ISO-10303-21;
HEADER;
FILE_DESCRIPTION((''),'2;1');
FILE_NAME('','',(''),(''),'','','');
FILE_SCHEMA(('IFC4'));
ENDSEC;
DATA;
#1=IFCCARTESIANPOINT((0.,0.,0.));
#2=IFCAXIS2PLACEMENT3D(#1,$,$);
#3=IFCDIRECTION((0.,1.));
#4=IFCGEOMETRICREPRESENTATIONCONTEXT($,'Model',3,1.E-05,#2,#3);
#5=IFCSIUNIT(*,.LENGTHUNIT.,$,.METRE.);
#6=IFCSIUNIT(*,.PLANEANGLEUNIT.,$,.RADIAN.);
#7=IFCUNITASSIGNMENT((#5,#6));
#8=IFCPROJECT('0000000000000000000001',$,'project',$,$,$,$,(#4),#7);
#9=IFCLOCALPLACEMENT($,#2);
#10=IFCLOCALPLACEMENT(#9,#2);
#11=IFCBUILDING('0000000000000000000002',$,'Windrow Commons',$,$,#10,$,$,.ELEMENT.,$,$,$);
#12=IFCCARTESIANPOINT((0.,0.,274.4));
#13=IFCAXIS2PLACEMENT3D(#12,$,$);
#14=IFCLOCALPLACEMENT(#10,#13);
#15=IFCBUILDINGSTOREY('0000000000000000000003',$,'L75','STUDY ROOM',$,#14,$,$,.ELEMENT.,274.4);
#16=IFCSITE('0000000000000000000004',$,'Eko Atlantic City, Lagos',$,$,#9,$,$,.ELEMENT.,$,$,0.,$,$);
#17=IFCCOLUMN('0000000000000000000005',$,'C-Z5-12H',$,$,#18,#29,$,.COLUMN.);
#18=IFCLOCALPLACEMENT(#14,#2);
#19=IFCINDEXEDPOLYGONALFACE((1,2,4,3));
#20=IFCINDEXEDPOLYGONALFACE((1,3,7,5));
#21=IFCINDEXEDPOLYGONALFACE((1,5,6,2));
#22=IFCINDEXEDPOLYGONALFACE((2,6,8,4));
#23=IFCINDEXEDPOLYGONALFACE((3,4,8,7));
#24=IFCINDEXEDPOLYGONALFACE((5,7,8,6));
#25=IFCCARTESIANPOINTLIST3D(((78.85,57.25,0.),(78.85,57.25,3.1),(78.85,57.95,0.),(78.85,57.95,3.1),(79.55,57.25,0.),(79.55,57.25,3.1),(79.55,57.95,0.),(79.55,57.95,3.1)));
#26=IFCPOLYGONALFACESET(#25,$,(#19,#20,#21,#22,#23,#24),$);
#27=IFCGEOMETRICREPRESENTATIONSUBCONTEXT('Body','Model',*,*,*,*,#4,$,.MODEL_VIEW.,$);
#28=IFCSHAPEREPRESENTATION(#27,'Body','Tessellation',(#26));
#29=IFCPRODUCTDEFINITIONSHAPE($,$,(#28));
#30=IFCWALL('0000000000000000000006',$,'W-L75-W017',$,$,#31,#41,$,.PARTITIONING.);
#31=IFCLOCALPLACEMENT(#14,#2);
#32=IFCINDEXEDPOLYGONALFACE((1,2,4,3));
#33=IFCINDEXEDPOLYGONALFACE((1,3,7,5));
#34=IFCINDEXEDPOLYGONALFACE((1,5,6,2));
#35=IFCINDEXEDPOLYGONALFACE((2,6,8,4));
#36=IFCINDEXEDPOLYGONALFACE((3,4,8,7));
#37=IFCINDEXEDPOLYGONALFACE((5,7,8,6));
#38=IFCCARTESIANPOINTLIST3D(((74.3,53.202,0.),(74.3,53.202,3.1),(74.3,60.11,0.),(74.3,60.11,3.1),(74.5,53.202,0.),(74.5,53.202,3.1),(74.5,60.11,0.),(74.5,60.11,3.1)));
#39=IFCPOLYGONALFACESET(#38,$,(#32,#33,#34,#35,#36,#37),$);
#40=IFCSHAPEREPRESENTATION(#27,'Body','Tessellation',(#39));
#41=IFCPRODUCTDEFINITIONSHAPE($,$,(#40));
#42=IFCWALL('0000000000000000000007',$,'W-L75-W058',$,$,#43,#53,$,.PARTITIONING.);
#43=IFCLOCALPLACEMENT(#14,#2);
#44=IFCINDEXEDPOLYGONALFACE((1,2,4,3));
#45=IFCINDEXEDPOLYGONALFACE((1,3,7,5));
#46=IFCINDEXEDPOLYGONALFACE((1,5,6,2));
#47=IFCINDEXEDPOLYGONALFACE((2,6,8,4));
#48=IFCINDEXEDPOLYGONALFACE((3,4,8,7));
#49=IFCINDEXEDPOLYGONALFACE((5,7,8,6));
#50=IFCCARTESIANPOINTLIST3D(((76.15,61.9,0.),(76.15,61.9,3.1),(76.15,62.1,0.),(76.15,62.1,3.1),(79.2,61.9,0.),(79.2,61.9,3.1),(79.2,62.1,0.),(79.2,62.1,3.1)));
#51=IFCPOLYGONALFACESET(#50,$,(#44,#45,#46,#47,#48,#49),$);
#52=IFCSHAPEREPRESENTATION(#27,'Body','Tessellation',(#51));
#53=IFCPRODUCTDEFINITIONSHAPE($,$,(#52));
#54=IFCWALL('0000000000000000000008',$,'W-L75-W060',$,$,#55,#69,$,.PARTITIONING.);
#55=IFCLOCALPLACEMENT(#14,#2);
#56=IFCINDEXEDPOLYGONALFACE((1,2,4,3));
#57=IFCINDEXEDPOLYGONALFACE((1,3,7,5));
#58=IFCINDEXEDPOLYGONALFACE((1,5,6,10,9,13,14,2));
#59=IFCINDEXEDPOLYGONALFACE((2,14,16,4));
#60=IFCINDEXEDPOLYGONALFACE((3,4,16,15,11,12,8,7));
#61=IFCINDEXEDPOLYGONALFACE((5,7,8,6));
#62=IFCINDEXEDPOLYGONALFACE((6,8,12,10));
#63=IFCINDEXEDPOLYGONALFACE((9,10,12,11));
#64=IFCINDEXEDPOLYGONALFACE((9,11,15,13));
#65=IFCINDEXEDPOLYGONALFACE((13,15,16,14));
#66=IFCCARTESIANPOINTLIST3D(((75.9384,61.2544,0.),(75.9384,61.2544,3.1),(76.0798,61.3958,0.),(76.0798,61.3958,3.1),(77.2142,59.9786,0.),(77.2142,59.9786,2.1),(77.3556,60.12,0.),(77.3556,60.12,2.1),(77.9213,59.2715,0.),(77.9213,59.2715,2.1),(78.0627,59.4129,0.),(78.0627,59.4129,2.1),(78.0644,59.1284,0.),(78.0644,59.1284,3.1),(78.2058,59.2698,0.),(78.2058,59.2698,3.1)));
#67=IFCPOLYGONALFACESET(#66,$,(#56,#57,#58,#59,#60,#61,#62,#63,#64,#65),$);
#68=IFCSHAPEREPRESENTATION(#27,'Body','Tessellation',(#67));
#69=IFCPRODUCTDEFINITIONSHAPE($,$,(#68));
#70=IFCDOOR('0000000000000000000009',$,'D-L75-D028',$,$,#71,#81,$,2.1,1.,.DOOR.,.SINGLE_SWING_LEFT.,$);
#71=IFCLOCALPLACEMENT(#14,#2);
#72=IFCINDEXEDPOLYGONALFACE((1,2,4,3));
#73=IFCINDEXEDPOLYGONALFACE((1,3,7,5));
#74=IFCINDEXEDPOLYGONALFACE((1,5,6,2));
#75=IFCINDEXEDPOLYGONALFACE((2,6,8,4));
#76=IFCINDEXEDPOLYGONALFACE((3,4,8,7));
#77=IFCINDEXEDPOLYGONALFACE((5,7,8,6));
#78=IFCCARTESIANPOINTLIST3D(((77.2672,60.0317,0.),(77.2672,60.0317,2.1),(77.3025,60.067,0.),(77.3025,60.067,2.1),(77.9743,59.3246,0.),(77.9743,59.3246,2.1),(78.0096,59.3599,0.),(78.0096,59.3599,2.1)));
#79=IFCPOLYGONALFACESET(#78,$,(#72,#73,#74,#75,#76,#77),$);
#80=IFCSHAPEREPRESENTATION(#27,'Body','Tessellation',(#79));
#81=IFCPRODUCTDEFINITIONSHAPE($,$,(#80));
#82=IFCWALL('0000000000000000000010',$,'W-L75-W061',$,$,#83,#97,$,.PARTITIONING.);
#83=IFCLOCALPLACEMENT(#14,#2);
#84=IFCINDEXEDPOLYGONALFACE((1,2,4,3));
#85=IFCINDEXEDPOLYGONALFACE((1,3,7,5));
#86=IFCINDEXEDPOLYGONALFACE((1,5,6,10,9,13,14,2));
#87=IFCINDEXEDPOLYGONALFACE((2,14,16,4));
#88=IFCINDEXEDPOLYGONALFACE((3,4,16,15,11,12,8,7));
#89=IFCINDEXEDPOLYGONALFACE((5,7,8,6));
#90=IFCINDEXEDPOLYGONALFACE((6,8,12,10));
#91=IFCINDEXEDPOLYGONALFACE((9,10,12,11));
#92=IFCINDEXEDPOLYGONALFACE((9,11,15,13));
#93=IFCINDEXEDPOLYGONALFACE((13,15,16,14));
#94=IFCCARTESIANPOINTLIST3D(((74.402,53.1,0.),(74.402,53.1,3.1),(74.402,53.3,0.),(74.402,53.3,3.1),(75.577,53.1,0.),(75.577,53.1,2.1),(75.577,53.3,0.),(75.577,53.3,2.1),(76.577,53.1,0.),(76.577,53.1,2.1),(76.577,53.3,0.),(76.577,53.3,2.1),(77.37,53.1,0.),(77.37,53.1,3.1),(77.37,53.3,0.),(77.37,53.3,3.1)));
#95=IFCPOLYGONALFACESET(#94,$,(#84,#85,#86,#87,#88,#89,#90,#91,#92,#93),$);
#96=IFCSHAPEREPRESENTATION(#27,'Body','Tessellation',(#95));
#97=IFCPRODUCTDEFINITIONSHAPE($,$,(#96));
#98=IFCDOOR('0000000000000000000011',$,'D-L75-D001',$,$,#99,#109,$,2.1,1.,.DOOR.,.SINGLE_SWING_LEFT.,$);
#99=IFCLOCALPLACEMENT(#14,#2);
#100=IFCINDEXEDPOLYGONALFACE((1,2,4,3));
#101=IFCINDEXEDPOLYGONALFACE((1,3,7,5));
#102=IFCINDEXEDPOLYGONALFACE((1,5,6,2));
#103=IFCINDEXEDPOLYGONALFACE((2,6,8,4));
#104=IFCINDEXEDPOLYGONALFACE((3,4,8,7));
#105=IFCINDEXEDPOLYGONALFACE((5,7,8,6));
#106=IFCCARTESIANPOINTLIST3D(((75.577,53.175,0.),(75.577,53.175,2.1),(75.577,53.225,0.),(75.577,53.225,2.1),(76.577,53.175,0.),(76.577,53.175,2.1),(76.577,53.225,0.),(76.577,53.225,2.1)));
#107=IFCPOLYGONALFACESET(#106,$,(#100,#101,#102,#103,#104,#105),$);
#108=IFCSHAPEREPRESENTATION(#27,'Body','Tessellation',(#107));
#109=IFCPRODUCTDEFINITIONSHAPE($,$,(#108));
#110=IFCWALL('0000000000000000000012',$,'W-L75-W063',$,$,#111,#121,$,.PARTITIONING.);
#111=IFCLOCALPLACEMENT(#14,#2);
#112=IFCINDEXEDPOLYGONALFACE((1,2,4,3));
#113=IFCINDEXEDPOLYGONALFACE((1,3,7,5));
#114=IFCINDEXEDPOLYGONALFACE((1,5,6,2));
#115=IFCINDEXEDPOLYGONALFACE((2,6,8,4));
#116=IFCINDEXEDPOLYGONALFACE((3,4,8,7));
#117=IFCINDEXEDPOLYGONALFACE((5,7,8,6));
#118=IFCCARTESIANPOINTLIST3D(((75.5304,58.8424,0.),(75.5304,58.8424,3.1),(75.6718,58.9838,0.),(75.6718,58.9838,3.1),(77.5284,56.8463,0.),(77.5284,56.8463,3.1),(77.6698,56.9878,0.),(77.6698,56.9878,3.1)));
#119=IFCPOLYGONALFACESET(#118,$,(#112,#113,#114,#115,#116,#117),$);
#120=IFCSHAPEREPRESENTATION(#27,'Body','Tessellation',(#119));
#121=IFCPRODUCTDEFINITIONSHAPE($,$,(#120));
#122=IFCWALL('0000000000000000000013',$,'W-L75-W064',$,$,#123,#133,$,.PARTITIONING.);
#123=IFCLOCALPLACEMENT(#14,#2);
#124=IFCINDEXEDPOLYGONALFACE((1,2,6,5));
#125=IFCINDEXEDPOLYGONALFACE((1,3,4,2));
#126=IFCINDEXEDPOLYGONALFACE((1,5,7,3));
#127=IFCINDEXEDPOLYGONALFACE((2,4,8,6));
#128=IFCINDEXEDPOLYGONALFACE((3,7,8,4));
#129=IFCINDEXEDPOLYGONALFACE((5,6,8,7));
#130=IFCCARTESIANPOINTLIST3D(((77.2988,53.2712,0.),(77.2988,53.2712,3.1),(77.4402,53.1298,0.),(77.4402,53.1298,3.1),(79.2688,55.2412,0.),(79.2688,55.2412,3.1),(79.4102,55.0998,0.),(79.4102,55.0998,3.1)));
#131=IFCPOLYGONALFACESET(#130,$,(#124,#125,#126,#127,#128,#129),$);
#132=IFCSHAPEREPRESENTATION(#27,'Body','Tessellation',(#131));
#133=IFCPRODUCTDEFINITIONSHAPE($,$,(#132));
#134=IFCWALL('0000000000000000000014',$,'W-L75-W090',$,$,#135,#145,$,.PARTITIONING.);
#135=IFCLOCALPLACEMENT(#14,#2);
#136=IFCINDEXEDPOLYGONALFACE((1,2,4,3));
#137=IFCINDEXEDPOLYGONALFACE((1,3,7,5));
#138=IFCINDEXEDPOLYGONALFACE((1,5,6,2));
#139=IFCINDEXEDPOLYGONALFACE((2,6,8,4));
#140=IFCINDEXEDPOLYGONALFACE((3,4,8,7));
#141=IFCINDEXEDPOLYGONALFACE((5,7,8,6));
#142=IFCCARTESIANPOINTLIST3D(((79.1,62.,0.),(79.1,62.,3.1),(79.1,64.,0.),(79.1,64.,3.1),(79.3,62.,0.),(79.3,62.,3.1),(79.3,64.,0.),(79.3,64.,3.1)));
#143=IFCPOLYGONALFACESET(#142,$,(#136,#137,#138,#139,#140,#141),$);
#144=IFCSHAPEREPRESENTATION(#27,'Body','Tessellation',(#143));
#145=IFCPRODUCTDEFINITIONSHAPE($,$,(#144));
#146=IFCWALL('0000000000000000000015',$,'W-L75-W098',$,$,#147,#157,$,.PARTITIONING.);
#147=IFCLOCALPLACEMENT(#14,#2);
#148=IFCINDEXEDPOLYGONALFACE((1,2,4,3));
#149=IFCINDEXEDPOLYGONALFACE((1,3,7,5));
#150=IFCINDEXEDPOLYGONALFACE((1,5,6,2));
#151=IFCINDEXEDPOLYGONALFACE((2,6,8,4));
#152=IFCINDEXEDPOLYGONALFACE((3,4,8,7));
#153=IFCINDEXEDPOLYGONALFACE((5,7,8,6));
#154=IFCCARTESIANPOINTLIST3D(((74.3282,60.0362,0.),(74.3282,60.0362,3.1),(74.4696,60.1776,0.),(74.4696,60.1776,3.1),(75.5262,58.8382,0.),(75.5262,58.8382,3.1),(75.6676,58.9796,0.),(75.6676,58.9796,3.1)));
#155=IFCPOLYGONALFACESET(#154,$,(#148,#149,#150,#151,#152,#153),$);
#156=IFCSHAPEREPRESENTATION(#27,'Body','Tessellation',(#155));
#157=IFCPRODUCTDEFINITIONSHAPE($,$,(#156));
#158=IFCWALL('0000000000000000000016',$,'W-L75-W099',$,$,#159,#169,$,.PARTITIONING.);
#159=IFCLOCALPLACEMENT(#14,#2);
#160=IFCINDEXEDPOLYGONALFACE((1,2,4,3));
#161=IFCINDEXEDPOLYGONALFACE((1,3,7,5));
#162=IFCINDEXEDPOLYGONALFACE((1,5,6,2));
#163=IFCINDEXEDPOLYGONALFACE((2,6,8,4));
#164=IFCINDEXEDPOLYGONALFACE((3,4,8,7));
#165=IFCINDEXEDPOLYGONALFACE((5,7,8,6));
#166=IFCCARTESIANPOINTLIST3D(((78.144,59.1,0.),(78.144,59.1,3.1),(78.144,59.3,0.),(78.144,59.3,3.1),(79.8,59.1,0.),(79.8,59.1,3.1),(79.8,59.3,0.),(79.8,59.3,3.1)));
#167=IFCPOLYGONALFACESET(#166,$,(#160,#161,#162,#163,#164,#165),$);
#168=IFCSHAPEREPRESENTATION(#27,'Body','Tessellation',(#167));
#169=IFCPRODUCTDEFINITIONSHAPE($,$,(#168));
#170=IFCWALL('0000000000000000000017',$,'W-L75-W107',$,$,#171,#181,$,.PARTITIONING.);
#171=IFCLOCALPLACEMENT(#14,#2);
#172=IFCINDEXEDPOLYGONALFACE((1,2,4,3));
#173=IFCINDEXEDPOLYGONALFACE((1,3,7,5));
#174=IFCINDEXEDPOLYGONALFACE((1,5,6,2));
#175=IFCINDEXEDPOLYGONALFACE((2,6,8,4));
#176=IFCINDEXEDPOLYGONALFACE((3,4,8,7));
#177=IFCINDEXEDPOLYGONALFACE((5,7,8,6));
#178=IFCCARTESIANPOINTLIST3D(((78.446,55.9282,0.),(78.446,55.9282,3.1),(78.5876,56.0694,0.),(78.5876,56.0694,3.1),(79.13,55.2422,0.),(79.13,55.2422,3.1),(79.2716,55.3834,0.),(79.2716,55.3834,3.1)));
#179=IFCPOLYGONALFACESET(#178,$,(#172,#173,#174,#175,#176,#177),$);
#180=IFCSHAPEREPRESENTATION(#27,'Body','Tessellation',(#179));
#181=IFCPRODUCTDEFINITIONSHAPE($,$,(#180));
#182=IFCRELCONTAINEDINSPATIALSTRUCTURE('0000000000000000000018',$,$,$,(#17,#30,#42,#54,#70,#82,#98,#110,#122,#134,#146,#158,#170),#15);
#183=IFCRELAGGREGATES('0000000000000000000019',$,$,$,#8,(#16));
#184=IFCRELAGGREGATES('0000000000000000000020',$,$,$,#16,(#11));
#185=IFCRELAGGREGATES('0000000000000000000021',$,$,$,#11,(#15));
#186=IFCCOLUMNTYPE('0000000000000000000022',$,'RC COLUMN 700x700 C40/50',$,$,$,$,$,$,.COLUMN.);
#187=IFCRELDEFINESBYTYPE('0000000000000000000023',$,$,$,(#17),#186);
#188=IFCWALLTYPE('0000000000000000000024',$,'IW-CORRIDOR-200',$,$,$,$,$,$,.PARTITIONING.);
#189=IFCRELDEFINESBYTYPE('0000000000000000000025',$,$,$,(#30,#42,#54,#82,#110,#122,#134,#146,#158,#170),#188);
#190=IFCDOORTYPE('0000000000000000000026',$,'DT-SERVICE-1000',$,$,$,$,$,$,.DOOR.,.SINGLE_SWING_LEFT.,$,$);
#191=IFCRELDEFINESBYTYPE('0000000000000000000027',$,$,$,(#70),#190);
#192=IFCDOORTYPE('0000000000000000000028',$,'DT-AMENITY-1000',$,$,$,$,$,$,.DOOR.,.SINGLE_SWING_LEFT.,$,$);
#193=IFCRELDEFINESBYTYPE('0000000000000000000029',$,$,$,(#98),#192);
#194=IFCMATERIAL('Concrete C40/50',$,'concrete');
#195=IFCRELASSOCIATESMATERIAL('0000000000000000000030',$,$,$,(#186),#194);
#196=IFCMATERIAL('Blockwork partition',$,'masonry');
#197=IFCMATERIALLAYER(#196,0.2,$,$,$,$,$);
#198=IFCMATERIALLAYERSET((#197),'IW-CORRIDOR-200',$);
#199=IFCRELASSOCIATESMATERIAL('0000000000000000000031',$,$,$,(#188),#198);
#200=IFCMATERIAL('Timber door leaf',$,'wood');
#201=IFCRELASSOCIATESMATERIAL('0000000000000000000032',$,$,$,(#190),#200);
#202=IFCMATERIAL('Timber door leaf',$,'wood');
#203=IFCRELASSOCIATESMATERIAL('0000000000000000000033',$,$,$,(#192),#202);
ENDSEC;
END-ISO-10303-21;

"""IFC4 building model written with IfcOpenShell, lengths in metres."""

from ifc_helpers import new_model, si_unit, direction, frame, frame_2d, origin, origin_2d, place, context, subcontext, project, spatial, rectangle, extrude, material, layer, layer_set, material_profile, profile_set, type_object, element, fill, save


model = new_model("IFC4")

# Units and contexts
model_context = context("Model", 3, precision=1e-05, world=origin(), true_north=direction((0.0, 1.0)))
body_context = subcontext(model_context, "Body", "Model", "MODEL_VIEW")
ifc_project = project(units=[si_unit("LENGTHUNIT", "METRE"), si_unit("PLANEANGLEUNIT", "RADIAN")], contexts=[model_context])

# Site, building, storey
site_placement = place(None, origin())
site = spatial("IfcSite", under=ifc_project, at=site_placement, Name="Eko Atlantic City, Lagos", CompositionType="ELEMENT", RefElevation=0.0)
building_placement = place(site_placement, origin())
building = spatial("IfcBuilding", under=site, at=building_placement, Name="Windrow Commons", CompositionType="ELEMENT")
storey_placement = place(building_placement, frame((0.0, 0.0, 274.4)))
storey = spatial("IfcBuildingStorey", under=building, at=storey_placement, Name="L75", Description="STUDY ROOM", CompositionType="ELEMENT", Elevation=274.4)

# Column
ifc_material_1 = material(Name="Concrete C40/50", Category="concrete")
ifc_material_profile = material_profile(ifc_material_1, rectangle(XDim=0.7, YDim=0.7, at=origin_2d()))
ifc_profile_set = profile_set([ifc_material_profile], Name="Concrete C40/50")
column_type = type_object("IfcColumnType", Name="RC COLUMN 700x700 C40/50", PredefinedType="COLUMN", material=ifc_profile_set)
column_placement = place(storey_placement, frame((79.2, 57.6, 0.0), z_axis=(0.0, 0.0, 1.0), x_axis=(1.0, 0.0, 0.0)))
element("IfcColumn", 1, at=column_placement, inside=storey, type_object=column_type, Name="C-Z5-12H", PredefinedType="COLUMN", context=body_context, shape_type="SweptSolid", body=[
    extrude(rectangle(XDim=0.7, YDim=0.7, at=origin_2d()), origin(), (0.0, 0.0, 1.0), 3.1),
])

# Walls
ifc_material_2 = material(Name="Blockwork partition", Category="masonry")
ifc_layer_1 = layer(ifc_material_2, 0.2)
ifc_layer_set_1 = layer_set([ifc_layer_1], Name="IW-CORRIDOR-200")
wall_type_1 = type_object("IfcWallType", Name="IW-CORRIDOR-200", PredefinedType="PARTITIONING", material=ifc_layer_set_1)
wall_1_placement = place(storey_placement, frame((74.4, 53.202, 0.0), z_axis=(0.0, 0.0, 1.0), x_axis=(0.0, 1.0, 0.0)))
element("IfcWall", 2, at=wall_1_placement, inside=storey, type_object=wall_type_1, Name="W-L75-W017", PredefinedType="PARTITIONING", context=body_context, shape_type="SweptSolid", body=[
    extrude(rectangle(XDim=6.908, YDim=0.2, at=frame_2d((3.454, 0.0))), origin(), (0.0, 0.0, 1.0), 3.1),
])
wall_2_placement = place(storey_placement, frame((76.15, 62.0, 0.0), z_axis=(0.0, 0.0, 1.0), x_axis=(1.0, 0.0, 0.0)))
element("IfcWall", 3, at=wall_2_placement, inside=storey, type_object=wall_type_1, Name="W-L75-W058", PredefinedType="PARTITIONING", context=body_context, shape_type="SweptSolid", body=[
    extrude(rectangle(XDim=3.05, YDim=0.2, at=frame_2d((1.525, 0.0))), origin(), (0.0, 0.0, 1.0), 3.1),
])

# Walls, openings, doors
wall_3_placement = place(storey_placement, frame((76.0091, 61.3251, 0.0), z_axis=(0.0, 0.0, 1.0), x_axis=(0.707107, -0.707107, 0.0)))
wall_3 = element("IfcWall", 4, at=wall_3_placement, inside=storey, type_object=wall_type_1, Name="W-L75-W060", PredefinedType="PARTITIONING", context=body_context, shape_type="SweptSolid", body=[
    extrude(rectangle(XDim=3.0066, YDim=0.2, at=frame_2d((1.5033, 0.0))), origin(), (0.0, 0.0, 1.0), 3.1),
])
opening_1_placement = place(wall_3_placement, frame((1.8042, 0.0, 0.0)))
opening_1 = element("IfcOpeningElement", 5, at=opening_1_placement, cuts=wall_3, PredefinedType="OPENING", context=body_context, shape_type="SweptSolid", body=[
    extrude(rectangle(XDim=1.0, YDim=2.1, at=frame_2d((0.5, 1.05))), frame((0.0, 0.11, 0.0), z_axis=(0.0, -1.0, 0.0), x_axis=(1.0, 0.0, 0.0)), (0.0, 0.0, 1.0), 0.22),
])
ifc_material_3 = material(Name="Timber door leaf", Category="wood")
door_type_1 = type_object("IfcDoorType", Name="DT-SERVICE-1000", OperationType="SINGLE_SWING_LEFT", PredefinedType="DOOR", material=ifc_material_3)
door_1_placement = place(opening_1_placement, origin())
door_1 = element("IfcDoor", 6, at=door_1_placement, inside=storey, type_object=door_type_1, Name="D-L75-D028", OperationType="SINGLE_SWING_LEFT", OverallHeight=2.1, OverallWidth=1.0, PredefinedType="DOOR", context=body_context, shape_type="SweptSolid", body=[
    extrude(rectangle(XDim=1.0, YDim=2.1, at=frame_2d((0.5, 1.05))), frame((0.0, 0.025, 0.0), z_axis=(0.0, -1.0, 0.0), x_axis=(1.0, 0.0, 0.0)), (0.0, 0.0, 1.0), 0.05),
])
fill(opening_1, door_1)
wall_4_placement = place(storey_placement, frame((74.402, 53.2, 0.0), z_axis=(0.0, 0.0, 1.0), x_axis=(1.0, 0.0, 0.0)))
wall_4 = element("IfcWall", 7, at=wall_4_placement, inside=storey, type_object=wall_type_1, Name="W-L75-W061", PredefinedType="PARTITIONING", context=body_context, shape_type="SweptSolid", body=[
    extrude(rectangle(XDim=2.968, YDim=0.2, at=frame_2d((1.484, 0.0))), origin(), (0.0, 0.0, 1.0), 3.1),
])
opening_2_placement = place(wall_4_placement, frame((1.175, 0.0, 0.0)))
opening_2 = element("IfcOpeningElement", 8, at=opening_2_placement, cuts=wall_4, PredefinedType="OPENING", context=body_context, shape_type="SweptSolid", body=[
    extrude(rectangle(XDim=1.0, YDim=2.1, at=frame_2d((0.5, 1.05))), frame((0.0, 0.11, 0.0), z_axis=(0.0, -1.0, 0.0), x_axis=(1.0, 0.0, 0.0)), (0.0, 0.0, 1.0), 0.22),
])
ifc_material_4 = material(Name="Timber door leaf", Category="wood")
door_type_2 = type_object("IfcDoorType", Name="DT-AMENITY-1000", OperationType="SINGLE_SWING_LEFT", PredefinedType="DOOR", material=ifc_material_4)
door_2_placement = place(opening_2_placement, origin())
door_2 = element("IfcDoor", 9, at=door_2_placement, inside=storey, type_object=door_type_2, Name="D-L75-D001", OperationType="SINGLE_SWING_LEFT", OverallHeight=2.1, OverallWidth=1.0, PredefinedType="DOOR", context=body_context, shape_type="SweptSolid", body=[
    extrude(rectangle(XDim=1.0, YDim=2.1, at=frame_2d((0.5, 1.05))), frame((0.0, 0.025, 0.0), z_axis=(0.0, -1.0, 0.0), x_axis=(1.0, 0.0, 0.0)), (0.0, 0.0, 1.0), 0.05),
])
fill(opening_2, door_2)

# Walls
wall_5_placement = place(storey_placement, frame((75.6011, 58.9131, 0.0), z_axis=(0.0, 0.0, 1.0), x_axis=(0.707461, -0.706753, 0.0)))
element("IfcWall", 10, at=wall_5_placement, inside=storey, type_object=wall_type_1, Name="W-L75-W063", PredefinedType="PARTITIONING", context=body_context, shape_type="SweptSolid", body=[
    extrude(rectangle(XDim=2.8242, YDim=0.2, at=frame_2d((1.4121, 0.0))), origin(), (0.0, 0.0, 1.0), 3.1),
])
wall_6_placement = place(storey_placement, frame((77.3695, 53.2005, 0.0), z_axis=(0.0, 0.0, 1.0), x_axis=(0.707107, 0.707107, 0.0)))
element("IfcWall", 11, at=wall_6_placement, inside=storey, type_object=wall_type_1, Name="W-L75-W064", PredefinedType="PARTITIONING", context=body_context, shape_type="SweptSolid", body=[
    extrude(rectangle(XDim=2.786, YDim=0.2, at=frame_2d((1.393, 0.0))), origin(), (0.0, 0.0, 1.0), 3.1),
])
wall_7_placement = place(storey_placement, frame((79.2, 62.0, 0.0), z_axis=(0.0, 0.0, 1.0), x_axis=(0.0, 1.0, 0.0)))
element("IfcWall", 12, at=wall_7_placement, inside=storey, type_object=wall_type_1, Name="W-L75-W090", PredefinedType="PARTITIONING", context=body_context, shape_type="SweptSolid", body=[
    extrude(rectangle(XDim=2.0, YDim=0.2, at=frame_2d((1.0, 0.0))), origin(), (0.0, 0.0, 1.0), 3.1),
])
wall_8_placement = place(storey_placement, frame((74.3989, 60.1069, 0.0), z_axis=(0.0, 0.0, 1.0), x_axis=(0.707107, -0.707107, 0.0)))
element("IfcWall", 13, at=wall_8_placement, inside=storey, type_object=wall_type_1, Name="W-L75-W098", PredefinedType="PARTITIONING", context=body_context, shape_type="SweptSolid", body=[
    extrude(rectangle(XDim=1.6942, YDim=0.2, at=frame_2d((0.8471, 0.0))), origin(), (0.0, 0.0, 1.0), 3.1),
])
wall_9_placement = place(storey_placement, frame((78.144, 59.2, 0.0), z_axis=(0.0, 0.0, 1.0), x_axis=(1.0, 0.0, 0.0)))
element("IfcWall", 14, at=wall_9_placement, inside=storey, type_object=wall_type_1, Name="W-L75-W099", PredefinedType="PARTITIONING", context=body_context, shape_type="SweptSolid", body=[
    extrude(rectangle(XDim=1.656, YDim=0.2, at=frame_2d((0.828, 0.0))), origin(), (0.0, 0.0, 1.0), 3.1),
])
wall_10_placement = place(storey_placement, frame((78.5168, 55.9988, 0.0), z_axis=(0.0, 0.0, 1.0), x_axis=(0.706074, -0.708138, 0.0)))
element("IfcWall", 15, at=wall_10_placement, inside=storey, type_object=wall_type_1, Name="W-L75-W107", PredefinedType="PARTITIONING", context=body_context, shape_type="SweptSolid", body=[
    extrude(rectangle(XDim=0.9687, YDim=0.2, at=frame_2d((0.4844, 0.0))), origin(), (0.0, 0.0, 1.0), 3.1),
])

save(model, "model.ifc")
